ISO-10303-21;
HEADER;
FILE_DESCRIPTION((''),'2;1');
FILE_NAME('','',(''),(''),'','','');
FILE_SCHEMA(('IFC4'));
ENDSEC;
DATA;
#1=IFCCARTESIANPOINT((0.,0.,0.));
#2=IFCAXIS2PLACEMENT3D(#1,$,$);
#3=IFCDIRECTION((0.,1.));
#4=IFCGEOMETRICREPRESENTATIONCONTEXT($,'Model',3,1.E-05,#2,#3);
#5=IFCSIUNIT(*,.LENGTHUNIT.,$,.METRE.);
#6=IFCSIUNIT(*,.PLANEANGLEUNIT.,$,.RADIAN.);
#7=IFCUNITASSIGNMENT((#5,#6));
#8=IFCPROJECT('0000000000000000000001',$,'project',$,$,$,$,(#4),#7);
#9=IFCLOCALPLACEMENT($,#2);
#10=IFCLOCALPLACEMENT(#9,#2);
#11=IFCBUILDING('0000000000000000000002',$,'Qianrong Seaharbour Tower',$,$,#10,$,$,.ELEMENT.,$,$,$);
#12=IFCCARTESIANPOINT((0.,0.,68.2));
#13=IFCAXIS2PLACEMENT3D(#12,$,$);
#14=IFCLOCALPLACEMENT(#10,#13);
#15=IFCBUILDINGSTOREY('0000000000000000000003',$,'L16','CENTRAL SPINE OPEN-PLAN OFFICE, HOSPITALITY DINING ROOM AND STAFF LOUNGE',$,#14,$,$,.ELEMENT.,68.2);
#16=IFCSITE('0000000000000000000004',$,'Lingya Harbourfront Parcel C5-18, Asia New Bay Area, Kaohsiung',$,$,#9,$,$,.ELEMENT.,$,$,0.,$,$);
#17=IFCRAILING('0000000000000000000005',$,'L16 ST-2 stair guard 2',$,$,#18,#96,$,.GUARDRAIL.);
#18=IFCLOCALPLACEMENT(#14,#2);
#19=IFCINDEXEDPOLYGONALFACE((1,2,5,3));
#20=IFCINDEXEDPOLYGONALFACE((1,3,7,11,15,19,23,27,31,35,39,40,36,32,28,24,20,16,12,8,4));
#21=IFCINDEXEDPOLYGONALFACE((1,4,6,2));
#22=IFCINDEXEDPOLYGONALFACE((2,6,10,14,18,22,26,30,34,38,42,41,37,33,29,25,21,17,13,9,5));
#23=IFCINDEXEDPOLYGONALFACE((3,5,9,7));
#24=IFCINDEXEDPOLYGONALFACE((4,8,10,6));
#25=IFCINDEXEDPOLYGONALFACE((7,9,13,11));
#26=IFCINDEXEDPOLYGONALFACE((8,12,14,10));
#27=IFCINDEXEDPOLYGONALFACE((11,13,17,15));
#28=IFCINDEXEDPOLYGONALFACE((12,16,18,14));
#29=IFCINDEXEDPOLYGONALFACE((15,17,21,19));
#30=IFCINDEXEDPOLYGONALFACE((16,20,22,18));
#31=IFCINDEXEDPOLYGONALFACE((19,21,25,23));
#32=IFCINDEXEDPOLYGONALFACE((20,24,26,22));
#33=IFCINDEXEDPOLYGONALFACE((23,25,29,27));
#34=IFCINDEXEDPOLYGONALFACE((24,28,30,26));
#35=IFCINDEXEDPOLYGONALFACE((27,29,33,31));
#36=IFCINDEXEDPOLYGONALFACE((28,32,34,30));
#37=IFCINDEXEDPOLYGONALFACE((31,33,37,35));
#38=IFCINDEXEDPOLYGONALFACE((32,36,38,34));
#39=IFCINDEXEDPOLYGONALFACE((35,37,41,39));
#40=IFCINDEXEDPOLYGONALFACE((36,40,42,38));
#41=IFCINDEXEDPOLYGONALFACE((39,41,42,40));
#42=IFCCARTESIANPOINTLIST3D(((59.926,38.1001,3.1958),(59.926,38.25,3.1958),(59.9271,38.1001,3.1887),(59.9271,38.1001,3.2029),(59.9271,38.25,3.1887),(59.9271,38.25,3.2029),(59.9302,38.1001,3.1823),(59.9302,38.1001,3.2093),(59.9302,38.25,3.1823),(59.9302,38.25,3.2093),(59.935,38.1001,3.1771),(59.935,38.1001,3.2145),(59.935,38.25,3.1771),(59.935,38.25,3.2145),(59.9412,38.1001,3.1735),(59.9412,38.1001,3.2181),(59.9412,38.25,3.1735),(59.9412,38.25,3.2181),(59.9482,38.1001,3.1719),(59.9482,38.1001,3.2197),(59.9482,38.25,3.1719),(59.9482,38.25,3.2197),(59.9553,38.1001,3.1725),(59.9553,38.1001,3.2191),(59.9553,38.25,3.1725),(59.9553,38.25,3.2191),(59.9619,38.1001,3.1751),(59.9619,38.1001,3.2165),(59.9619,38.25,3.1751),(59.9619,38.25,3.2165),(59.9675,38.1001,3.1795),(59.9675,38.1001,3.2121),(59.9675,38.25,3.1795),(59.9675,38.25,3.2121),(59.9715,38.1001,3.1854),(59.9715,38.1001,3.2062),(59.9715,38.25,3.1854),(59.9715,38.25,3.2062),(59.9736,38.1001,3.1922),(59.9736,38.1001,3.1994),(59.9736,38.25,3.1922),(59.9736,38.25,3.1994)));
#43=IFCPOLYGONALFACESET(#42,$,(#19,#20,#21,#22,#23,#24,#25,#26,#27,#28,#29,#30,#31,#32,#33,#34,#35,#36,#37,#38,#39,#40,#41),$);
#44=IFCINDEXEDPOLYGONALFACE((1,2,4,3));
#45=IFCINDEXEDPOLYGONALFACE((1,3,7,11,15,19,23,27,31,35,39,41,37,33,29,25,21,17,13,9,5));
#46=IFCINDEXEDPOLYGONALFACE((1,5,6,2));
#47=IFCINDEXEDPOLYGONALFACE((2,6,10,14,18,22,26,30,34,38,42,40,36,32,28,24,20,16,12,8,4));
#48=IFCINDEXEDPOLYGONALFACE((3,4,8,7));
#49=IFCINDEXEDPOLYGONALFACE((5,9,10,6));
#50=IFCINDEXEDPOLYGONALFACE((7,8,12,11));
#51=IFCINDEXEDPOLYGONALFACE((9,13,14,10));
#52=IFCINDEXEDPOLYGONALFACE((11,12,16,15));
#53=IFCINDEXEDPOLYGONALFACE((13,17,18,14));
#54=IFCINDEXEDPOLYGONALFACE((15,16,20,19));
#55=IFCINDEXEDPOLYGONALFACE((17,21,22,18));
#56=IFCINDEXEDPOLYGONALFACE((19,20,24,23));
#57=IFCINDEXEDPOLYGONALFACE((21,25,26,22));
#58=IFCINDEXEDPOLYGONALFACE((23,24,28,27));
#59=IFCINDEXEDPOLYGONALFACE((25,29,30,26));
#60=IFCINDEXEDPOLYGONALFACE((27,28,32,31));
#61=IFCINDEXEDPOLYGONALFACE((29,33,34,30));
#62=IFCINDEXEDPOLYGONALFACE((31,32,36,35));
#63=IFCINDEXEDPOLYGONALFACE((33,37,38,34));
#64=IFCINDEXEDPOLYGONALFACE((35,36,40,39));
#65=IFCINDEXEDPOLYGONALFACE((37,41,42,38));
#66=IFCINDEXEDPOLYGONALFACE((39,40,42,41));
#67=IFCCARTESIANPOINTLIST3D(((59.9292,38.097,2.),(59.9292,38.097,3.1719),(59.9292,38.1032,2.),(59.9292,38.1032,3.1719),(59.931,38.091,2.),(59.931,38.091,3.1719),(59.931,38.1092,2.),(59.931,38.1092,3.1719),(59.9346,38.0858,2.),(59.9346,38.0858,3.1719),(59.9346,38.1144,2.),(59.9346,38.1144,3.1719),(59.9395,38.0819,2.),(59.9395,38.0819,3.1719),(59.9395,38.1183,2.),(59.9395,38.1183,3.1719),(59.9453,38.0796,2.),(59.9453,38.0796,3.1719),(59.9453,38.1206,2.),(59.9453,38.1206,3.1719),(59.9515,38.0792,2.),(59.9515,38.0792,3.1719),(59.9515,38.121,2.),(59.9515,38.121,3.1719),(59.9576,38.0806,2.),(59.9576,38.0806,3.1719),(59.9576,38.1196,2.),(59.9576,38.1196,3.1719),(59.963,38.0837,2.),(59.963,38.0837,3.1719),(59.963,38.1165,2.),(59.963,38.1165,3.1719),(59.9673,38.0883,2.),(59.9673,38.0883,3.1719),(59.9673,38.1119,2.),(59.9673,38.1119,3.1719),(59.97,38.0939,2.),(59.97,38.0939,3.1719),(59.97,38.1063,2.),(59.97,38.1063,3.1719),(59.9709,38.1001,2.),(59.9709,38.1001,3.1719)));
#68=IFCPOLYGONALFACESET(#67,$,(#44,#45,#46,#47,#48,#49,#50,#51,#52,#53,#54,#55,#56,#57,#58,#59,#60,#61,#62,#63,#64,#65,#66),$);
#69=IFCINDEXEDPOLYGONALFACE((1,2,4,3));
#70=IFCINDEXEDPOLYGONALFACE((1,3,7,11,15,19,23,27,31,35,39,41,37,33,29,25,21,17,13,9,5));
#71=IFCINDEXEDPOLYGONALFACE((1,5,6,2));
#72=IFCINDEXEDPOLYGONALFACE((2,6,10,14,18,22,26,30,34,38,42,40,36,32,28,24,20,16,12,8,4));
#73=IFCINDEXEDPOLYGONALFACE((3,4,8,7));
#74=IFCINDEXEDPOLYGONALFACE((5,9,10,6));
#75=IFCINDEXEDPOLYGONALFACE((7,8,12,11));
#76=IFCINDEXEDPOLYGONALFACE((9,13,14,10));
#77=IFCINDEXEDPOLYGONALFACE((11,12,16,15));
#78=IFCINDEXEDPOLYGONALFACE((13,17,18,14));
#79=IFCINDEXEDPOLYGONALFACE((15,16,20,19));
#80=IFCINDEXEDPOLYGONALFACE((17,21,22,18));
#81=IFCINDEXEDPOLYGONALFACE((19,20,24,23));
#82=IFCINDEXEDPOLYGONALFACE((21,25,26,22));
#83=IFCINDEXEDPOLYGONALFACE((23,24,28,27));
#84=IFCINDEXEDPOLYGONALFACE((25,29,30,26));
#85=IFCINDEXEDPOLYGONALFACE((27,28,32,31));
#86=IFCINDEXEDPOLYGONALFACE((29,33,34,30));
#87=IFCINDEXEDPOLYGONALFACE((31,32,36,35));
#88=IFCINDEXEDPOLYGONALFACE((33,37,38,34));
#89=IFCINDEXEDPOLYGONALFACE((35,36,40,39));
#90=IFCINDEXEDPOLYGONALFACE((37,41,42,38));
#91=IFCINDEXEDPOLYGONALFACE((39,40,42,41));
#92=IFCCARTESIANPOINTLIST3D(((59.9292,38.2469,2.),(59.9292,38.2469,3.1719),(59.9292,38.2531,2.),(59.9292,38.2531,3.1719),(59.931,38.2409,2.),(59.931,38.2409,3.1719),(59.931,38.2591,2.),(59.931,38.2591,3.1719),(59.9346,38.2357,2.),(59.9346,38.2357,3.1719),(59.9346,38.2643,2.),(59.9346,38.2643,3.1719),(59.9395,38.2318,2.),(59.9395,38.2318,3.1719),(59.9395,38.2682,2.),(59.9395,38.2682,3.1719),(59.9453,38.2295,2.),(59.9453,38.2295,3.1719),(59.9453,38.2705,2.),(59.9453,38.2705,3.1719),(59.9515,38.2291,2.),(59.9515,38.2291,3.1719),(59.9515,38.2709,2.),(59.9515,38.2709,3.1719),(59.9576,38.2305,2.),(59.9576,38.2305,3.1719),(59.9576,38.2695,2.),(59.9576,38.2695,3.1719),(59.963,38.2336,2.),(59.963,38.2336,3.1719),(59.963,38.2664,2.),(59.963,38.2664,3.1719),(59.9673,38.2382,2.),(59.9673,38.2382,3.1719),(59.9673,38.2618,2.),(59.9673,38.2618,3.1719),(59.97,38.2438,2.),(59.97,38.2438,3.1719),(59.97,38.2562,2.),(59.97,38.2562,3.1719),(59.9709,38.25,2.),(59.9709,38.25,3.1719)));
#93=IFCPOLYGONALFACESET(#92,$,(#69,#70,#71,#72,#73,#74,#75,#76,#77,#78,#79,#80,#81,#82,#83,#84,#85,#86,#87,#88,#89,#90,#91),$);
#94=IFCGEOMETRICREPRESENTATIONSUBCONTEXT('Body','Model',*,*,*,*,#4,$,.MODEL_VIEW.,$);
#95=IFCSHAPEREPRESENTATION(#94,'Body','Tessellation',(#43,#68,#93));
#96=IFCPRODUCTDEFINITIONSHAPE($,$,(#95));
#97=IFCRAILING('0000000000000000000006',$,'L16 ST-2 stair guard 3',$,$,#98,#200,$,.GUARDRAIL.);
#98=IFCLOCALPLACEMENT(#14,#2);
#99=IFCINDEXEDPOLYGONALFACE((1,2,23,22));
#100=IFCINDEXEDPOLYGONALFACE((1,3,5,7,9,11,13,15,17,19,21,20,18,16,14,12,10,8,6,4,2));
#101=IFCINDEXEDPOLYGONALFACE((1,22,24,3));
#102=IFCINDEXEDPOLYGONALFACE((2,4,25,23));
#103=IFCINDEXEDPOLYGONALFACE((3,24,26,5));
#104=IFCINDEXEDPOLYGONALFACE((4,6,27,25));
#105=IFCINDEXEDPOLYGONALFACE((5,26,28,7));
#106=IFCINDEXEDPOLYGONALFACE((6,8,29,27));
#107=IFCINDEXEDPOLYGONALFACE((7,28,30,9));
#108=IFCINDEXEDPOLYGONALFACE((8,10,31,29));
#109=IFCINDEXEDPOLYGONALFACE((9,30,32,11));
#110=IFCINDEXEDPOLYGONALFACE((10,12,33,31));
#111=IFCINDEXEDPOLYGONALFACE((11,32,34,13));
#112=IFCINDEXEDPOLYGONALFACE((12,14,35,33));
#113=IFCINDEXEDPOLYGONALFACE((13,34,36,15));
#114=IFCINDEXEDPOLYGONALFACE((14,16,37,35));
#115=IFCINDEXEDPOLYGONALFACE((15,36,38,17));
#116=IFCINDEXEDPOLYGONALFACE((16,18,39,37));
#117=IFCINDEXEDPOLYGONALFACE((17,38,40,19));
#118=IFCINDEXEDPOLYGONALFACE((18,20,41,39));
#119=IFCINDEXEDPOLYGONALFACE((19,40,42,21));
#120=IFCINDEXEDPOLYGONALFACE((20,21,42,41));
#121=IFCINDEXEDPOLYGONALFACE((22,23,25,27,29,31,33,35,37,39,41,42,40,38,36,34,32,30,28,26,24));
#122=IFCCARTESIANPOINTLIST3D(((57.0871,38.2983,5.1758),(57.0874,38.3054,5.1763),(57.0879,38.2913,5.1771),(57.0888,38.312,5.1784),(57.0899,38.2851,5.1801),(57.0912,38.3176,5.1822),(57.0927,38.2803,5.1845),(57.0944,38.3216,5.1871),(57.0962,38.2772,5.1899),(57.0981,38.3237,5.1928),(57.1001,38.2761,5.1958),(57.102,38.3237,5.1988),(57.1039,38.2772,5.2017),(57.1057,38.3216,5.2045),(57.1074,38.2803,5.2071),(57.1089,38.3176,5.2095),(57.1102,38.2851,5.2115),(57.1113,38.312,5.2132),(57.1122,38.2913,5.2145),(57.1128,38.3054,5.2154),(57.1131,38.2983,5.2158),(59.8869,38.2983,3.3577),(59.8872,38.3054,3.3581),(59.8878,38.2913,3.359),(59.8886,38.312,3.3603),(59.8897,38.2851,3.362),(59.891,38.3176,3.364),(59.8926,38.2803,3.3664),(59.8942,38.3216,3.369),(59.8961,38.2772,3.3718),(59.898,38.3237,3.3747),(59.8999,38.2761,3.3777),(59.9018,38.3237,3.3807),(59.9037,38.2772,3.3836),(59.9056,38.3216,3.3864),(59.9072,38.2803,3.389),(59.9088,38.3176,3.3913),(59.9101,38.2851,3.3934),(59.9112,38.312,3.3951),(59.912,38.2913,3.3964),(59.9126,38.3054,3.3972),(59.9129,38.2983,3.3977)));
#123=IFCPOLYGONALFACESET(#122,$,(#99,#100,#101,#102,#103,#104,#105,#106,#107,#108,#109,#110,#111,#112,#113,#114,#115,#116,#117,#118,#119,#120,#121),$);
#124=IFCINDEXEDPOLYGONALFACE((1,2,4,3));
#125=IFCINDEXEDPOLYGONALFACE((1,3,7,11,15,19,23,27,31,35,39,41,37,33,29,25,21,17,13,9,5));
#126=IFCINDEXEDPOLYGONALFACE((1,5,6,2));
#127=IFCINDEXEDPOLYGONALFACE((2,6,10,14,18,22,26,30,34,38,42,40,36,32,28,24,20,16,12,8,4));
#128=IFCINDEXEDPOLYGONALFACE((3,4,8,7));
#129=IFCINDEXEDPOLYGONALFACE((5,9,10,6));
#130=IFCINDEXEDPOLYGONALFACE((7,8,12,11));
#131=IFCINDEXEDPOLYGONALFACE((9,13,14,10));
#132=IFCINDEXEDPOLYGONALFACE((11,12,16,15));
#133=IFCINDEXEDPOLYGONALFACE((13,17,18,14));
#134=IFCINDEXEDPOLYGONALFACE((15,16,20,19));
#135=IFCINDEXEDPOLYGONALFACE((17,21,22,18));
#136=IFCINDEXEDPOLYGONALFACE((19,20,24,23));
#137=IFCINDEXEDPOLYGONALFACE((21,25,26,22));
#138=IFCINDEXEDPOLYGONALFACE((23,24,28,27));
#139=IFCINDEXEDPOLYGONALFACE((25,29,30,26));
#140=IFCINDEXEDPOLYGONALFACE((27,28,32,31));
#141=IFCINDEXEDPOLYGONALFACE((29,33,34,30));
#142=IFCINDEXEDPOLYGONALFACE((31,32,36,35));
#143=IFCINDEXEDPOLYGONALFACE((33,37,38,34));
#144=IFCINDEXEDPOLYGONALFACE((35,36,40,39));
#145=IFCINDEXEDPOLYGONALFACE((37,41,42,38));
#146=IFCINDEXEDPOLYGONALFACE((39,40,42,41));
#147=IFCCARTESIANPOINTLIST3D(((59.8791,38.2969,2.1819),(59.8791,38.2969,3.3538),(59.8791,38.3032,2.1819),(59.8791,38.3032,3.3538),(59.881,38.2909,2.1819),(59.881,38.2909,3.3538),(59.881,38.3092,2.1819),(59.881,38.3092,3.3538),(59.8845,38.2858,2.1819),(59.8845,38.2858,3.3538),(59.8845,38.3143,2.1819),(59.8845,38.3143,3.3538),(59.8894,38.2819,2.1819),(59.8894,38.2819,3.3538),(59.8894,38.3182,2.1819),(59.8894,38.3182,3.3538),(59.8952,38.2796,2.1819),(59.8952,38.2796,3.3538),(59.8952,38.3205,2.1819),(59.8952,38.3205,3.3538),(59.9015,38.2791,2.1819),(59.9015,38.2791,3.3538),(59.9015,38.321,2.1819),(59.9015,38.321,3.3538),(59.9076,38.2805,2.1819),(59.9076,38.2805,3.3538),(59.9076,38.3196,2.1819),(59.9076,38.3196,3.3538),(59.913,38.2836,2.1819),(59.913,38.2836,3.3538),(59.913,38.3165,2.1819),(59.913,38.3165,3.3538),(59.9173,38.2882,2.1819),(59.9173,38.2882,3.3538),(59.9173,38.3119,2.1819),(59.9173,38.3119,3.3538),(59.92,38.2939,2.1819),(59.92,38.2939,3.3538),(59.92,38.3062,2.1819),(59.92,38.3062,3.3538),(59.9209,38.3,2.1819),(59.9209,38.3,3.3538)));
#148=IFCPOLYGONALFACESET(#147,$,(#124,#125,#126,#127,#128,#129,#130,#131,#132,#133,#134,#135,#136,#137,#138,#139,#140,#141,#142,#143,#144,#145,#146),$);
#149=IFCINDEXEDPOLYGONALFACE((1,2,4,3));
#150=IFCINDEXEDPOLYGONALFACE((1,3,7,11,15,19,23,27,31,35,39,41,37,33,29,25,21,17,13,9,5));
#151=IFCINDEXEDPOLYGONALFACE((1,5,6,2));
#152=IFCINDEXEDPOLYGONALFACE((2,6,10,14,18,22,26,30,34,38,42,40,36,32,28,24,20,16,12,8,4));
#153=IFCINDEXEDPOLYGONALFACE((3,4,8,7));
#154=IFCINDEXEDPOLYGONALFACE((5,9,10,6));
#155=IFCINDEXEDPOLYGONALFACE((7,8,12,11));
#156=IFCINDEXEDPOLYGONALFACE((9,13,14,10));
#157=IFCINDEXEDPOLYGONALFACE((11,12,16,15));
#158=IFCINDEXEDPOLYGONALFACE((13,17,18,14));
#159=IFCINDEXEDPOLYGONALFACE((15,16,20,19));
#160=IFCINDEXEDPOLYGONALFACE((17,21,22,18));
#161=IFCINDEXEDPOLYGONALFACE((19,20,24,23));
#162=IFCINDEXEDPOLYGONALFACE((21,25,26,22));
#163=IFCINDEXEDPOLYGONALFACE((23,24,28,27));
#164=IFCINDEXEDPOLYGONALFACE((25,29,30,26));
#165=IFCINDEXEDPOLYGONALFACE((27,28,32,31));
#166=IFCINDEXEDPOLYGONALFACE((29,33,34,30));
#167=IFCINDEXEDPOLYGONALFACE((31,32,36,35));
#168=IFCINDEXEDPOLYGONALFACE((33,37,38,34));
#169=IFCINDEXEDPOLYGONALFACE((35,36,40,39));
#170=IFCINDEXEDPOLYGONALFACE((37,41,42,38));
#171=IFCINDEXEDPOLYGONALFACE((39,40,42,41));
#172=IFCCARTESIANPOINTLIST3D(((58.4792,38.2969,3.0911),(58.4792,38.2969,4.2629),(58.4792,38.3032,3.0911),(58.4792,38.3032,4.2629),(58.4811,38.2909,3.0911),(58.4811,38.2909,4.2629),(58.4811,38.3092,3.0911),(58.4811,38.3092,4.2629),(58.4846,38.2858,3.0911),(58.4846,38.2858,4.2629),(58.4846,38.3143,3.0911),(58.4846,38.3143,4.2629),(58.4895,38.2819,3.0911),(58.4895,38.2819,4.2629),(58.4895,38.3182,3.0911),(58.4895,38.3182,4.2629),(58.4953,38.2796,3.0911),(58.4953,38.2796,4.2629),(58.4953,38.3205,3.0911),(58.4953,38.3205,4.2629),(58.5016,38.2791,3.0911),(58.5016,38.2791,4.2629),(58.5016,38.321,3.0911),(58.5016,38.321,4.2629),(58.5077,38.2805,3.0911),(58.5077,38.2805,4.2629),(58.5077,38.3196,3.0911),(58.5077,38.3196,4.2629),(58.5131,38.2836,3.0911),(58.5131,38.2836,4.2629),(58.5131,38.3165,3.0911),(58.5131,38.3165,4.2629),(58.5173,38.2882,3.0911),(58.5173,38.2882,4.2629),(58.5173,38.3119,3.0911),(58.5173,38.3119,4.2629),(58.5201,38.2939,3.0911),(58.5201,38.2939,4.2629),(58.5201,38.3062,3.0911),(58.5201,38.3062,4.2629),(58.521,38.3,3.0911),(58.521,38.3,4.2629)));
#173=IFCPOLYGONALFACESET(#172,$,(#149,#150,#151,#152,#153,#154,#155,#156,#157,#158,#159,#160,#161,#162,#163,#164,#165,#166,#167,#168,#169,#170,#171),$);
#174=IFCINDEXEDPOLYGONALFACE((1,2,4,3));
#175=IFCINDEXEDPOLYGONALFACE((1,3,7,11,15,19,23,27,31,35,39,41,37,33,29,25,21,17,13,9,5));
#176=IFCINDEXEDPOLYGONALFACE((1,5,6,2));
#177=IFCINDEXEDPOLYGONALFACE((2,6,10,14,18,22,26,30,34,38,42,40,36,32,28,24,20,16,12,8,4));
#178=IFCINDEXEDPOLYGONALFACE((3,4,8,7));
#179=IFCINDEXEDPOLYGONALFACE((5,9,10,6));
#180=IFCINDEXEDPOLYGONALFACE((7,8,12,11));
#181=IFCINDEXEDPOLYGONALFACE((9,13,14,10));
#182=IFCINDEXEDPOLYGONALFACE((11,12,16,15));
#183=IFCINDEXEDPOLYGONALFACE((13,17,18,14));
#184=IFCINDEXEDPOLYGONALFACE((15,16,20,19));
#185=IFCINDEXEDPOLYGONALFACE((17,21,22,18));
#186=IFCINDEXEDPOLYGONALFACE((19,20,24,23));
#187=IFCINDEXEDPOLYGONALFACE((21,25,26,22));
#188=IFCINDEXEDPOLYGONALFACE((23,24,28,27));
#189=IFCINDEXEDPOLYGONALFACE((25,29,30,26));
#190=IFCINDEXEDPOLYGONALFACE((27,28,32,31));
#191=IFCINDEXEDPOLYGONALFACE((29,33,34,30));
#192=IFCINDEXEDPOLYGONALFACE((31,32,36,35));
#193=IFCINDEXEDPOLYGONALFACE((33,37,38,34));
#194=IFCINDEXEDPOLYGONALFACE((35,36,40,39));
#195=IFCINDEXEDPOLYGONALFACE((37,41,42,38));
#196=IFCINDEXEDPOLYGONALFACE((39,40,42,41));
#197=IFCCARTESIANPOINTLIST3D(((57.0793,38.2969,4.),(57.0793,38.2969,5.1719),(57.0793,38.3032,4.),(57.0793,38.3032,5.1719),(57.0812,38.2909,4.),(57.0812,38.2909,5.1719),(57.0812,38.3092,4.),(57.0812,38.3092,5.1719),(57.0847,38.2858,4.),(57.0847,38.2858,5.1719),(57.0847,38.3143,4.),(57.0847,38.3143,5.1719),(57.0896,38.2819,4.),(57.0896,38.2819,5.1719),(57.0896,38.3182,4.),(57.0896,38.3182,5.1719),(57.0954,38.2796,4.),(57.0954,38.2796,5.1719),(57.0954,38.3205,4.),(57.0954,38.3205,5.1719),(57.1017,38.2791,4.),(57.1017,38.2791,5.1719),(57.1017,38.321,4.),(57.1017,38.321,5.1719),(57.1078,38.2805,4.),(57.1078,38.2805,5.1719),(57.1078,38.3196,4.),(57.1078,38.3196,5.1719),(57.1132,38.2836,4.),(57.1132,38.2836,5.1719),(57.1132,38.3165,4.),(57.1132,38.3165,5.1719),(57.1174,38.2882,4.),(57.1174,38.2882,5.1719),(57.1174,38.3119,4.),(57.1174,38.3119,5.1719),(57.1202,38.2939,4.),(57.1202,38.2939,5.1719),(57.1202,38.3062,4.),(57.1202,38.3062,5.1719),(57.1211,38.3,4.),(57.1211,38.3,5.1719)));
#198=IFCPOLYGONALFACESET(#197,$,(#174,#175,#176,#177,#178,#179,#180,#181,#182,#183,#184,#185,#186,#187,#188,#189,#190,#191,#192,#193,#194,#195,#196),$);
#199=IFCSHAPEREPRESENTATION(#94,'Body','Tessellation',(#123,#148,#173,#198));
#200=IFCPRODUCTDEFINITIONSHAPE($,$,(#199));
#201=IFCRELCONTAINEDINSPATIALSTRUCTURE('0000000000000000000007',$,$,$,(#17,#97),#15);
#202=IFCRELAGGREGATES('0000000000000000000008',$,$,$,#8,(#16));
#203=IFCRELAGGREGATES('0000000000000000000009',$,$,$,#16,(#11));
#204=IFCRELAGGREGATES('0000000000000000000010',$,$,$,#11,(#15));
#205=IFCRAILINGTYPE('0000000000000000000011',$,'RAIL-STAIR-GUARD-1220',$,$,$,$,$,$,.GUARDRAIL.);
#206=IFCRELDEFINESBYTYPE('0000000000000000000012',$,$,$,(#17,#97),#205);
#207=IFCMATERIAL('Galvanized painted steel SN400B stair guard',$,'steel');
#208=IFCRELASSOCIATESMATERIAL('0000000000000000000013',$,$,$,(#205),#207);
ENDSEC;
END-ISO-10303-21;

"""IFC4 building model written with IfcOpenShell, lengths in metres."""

from ifc_helpers import new_model, si_unit, direction, frame, origin, origin_2d, place, context, subcontext, project, spatial, circle, extrude, material, type_object, element, save


model = new_model("IFC4")

# Units and contexts
model_context = context("Model", 3, precision=1e-05, world=origin(), true_north=direction((0.0, 1.0)))
body_context = subcontext(model_context, "Body", "Model", "MODEL_VIEW")
ifc_project = project(units=[si_unit("LENGTHUNIT", "METRE"), si_unit("PLANEANGLEUNIT", "RADIAN")], contexts=[model_context])

# Site, building, storey
site_placement = place(None, origin())
site = spatial("IfcSite", under=ifc_project, at=site_placement, Name="Lingya Harbourfront Parcel C5-18, Asia New Bay Area, Kaohsiung", CompositionType="ELEMENT", RefElevation=0.0)
building_placement = place(site_placement, origin())
building = spatial("IfcBuilding", under=site, at=building_placement, Name="Qianrong Seaharbour Tower", CompositionType="ELEMENT")
storey_placement = place(building_placement, frame((0.0, 0.0, 68.2)))
storey = spatial("IfcBuildingStorey", under=building, at=storey_placement, Name="L16", Description="CENTRAL SPINE OPEN-PLAN OFFICE, HOSPITALITY DINING ROOM AND STAFF LOUNGE", CompositionType="ELEMENT", Elevation=68.2)

# Railings
ifc_material_1 = material(Name="Galvanized painted steel SN400B stair guard", Category="steel")
railing_type_1 = type_object("IfcRailingType", Name="RAIL-STAIR-GUARD-1220", PredefinedType="GUARDRAIL", material=ifc_material_1)
railing_1_placement = place(storey_placement, frame((59.95, 38.1001, 2.0)))
element("IfcRailing", 1, at=railing_1_placement, inside=storey, type_object=railing_type_1, Name="L16 ST-2 stair guard 2", PredefinedType="GUARDRAIL", context=body_context, shape_type="SweptSolid", body=[
    extrude(circle(Radius=0.0239, at=origin_2d()), frame((0.0, 0.0, 1.1958), z_axis=(0.0, 1.0, 0.0), x_axis=(-1.0, 0.0, 0.0)), (0.0, 0.0, 1.0), 0.1499),
    extrude(circle(Radius=0.021, at=origin_2d()), origin(), (0.0, 0.0, 1.0), 1.1719),
    extrude(circle(Radius=0.021, at=origin_2d()), frame((0.0, 0.1499, 0.0)), (0.0, 0.0, 1.0), 1.1719),
])
railing_2_placement = place(storey_placement, frame((59.8999, 38.3, 2.1819)))
element("IfcRailing", 2, at=railing_2_placement, inside=storey, type_object=railing_type_1, Name="L16 ST-2 stair guard 3", PredefinedType="GUARDRAIL", context=body_context, shape_type="SweptSolid", body=[
    extrude(circle(Radius=0.0239, at=origin_2d()), frame((0.0, 0.0, 1.1958), z_axis=(-0.838684, 0.0, 0.544618), x_axis=(0.0, -1.0, 0.0)), (0.0, 0.0, 1.0), 3.3384),
    extrude(circle(Radius=0.021, at=origin_2d()), origin(), (0.0, 0.0, 1.0), 1.1719),
    extrude(circle(Radius=0.021, at=origin_2d()), frame((-1.3999, 0.0, 0.9092)), (0.0, 0.0, 1.0), 1.1719),
    extrude(circle(Radius=0.021, at=origin_2d()), frame((-2.7998, 0.0, 1.8181)), (0.0, 0.0, 1.0), 1.1719),
])

save(model, "model.ifc")
